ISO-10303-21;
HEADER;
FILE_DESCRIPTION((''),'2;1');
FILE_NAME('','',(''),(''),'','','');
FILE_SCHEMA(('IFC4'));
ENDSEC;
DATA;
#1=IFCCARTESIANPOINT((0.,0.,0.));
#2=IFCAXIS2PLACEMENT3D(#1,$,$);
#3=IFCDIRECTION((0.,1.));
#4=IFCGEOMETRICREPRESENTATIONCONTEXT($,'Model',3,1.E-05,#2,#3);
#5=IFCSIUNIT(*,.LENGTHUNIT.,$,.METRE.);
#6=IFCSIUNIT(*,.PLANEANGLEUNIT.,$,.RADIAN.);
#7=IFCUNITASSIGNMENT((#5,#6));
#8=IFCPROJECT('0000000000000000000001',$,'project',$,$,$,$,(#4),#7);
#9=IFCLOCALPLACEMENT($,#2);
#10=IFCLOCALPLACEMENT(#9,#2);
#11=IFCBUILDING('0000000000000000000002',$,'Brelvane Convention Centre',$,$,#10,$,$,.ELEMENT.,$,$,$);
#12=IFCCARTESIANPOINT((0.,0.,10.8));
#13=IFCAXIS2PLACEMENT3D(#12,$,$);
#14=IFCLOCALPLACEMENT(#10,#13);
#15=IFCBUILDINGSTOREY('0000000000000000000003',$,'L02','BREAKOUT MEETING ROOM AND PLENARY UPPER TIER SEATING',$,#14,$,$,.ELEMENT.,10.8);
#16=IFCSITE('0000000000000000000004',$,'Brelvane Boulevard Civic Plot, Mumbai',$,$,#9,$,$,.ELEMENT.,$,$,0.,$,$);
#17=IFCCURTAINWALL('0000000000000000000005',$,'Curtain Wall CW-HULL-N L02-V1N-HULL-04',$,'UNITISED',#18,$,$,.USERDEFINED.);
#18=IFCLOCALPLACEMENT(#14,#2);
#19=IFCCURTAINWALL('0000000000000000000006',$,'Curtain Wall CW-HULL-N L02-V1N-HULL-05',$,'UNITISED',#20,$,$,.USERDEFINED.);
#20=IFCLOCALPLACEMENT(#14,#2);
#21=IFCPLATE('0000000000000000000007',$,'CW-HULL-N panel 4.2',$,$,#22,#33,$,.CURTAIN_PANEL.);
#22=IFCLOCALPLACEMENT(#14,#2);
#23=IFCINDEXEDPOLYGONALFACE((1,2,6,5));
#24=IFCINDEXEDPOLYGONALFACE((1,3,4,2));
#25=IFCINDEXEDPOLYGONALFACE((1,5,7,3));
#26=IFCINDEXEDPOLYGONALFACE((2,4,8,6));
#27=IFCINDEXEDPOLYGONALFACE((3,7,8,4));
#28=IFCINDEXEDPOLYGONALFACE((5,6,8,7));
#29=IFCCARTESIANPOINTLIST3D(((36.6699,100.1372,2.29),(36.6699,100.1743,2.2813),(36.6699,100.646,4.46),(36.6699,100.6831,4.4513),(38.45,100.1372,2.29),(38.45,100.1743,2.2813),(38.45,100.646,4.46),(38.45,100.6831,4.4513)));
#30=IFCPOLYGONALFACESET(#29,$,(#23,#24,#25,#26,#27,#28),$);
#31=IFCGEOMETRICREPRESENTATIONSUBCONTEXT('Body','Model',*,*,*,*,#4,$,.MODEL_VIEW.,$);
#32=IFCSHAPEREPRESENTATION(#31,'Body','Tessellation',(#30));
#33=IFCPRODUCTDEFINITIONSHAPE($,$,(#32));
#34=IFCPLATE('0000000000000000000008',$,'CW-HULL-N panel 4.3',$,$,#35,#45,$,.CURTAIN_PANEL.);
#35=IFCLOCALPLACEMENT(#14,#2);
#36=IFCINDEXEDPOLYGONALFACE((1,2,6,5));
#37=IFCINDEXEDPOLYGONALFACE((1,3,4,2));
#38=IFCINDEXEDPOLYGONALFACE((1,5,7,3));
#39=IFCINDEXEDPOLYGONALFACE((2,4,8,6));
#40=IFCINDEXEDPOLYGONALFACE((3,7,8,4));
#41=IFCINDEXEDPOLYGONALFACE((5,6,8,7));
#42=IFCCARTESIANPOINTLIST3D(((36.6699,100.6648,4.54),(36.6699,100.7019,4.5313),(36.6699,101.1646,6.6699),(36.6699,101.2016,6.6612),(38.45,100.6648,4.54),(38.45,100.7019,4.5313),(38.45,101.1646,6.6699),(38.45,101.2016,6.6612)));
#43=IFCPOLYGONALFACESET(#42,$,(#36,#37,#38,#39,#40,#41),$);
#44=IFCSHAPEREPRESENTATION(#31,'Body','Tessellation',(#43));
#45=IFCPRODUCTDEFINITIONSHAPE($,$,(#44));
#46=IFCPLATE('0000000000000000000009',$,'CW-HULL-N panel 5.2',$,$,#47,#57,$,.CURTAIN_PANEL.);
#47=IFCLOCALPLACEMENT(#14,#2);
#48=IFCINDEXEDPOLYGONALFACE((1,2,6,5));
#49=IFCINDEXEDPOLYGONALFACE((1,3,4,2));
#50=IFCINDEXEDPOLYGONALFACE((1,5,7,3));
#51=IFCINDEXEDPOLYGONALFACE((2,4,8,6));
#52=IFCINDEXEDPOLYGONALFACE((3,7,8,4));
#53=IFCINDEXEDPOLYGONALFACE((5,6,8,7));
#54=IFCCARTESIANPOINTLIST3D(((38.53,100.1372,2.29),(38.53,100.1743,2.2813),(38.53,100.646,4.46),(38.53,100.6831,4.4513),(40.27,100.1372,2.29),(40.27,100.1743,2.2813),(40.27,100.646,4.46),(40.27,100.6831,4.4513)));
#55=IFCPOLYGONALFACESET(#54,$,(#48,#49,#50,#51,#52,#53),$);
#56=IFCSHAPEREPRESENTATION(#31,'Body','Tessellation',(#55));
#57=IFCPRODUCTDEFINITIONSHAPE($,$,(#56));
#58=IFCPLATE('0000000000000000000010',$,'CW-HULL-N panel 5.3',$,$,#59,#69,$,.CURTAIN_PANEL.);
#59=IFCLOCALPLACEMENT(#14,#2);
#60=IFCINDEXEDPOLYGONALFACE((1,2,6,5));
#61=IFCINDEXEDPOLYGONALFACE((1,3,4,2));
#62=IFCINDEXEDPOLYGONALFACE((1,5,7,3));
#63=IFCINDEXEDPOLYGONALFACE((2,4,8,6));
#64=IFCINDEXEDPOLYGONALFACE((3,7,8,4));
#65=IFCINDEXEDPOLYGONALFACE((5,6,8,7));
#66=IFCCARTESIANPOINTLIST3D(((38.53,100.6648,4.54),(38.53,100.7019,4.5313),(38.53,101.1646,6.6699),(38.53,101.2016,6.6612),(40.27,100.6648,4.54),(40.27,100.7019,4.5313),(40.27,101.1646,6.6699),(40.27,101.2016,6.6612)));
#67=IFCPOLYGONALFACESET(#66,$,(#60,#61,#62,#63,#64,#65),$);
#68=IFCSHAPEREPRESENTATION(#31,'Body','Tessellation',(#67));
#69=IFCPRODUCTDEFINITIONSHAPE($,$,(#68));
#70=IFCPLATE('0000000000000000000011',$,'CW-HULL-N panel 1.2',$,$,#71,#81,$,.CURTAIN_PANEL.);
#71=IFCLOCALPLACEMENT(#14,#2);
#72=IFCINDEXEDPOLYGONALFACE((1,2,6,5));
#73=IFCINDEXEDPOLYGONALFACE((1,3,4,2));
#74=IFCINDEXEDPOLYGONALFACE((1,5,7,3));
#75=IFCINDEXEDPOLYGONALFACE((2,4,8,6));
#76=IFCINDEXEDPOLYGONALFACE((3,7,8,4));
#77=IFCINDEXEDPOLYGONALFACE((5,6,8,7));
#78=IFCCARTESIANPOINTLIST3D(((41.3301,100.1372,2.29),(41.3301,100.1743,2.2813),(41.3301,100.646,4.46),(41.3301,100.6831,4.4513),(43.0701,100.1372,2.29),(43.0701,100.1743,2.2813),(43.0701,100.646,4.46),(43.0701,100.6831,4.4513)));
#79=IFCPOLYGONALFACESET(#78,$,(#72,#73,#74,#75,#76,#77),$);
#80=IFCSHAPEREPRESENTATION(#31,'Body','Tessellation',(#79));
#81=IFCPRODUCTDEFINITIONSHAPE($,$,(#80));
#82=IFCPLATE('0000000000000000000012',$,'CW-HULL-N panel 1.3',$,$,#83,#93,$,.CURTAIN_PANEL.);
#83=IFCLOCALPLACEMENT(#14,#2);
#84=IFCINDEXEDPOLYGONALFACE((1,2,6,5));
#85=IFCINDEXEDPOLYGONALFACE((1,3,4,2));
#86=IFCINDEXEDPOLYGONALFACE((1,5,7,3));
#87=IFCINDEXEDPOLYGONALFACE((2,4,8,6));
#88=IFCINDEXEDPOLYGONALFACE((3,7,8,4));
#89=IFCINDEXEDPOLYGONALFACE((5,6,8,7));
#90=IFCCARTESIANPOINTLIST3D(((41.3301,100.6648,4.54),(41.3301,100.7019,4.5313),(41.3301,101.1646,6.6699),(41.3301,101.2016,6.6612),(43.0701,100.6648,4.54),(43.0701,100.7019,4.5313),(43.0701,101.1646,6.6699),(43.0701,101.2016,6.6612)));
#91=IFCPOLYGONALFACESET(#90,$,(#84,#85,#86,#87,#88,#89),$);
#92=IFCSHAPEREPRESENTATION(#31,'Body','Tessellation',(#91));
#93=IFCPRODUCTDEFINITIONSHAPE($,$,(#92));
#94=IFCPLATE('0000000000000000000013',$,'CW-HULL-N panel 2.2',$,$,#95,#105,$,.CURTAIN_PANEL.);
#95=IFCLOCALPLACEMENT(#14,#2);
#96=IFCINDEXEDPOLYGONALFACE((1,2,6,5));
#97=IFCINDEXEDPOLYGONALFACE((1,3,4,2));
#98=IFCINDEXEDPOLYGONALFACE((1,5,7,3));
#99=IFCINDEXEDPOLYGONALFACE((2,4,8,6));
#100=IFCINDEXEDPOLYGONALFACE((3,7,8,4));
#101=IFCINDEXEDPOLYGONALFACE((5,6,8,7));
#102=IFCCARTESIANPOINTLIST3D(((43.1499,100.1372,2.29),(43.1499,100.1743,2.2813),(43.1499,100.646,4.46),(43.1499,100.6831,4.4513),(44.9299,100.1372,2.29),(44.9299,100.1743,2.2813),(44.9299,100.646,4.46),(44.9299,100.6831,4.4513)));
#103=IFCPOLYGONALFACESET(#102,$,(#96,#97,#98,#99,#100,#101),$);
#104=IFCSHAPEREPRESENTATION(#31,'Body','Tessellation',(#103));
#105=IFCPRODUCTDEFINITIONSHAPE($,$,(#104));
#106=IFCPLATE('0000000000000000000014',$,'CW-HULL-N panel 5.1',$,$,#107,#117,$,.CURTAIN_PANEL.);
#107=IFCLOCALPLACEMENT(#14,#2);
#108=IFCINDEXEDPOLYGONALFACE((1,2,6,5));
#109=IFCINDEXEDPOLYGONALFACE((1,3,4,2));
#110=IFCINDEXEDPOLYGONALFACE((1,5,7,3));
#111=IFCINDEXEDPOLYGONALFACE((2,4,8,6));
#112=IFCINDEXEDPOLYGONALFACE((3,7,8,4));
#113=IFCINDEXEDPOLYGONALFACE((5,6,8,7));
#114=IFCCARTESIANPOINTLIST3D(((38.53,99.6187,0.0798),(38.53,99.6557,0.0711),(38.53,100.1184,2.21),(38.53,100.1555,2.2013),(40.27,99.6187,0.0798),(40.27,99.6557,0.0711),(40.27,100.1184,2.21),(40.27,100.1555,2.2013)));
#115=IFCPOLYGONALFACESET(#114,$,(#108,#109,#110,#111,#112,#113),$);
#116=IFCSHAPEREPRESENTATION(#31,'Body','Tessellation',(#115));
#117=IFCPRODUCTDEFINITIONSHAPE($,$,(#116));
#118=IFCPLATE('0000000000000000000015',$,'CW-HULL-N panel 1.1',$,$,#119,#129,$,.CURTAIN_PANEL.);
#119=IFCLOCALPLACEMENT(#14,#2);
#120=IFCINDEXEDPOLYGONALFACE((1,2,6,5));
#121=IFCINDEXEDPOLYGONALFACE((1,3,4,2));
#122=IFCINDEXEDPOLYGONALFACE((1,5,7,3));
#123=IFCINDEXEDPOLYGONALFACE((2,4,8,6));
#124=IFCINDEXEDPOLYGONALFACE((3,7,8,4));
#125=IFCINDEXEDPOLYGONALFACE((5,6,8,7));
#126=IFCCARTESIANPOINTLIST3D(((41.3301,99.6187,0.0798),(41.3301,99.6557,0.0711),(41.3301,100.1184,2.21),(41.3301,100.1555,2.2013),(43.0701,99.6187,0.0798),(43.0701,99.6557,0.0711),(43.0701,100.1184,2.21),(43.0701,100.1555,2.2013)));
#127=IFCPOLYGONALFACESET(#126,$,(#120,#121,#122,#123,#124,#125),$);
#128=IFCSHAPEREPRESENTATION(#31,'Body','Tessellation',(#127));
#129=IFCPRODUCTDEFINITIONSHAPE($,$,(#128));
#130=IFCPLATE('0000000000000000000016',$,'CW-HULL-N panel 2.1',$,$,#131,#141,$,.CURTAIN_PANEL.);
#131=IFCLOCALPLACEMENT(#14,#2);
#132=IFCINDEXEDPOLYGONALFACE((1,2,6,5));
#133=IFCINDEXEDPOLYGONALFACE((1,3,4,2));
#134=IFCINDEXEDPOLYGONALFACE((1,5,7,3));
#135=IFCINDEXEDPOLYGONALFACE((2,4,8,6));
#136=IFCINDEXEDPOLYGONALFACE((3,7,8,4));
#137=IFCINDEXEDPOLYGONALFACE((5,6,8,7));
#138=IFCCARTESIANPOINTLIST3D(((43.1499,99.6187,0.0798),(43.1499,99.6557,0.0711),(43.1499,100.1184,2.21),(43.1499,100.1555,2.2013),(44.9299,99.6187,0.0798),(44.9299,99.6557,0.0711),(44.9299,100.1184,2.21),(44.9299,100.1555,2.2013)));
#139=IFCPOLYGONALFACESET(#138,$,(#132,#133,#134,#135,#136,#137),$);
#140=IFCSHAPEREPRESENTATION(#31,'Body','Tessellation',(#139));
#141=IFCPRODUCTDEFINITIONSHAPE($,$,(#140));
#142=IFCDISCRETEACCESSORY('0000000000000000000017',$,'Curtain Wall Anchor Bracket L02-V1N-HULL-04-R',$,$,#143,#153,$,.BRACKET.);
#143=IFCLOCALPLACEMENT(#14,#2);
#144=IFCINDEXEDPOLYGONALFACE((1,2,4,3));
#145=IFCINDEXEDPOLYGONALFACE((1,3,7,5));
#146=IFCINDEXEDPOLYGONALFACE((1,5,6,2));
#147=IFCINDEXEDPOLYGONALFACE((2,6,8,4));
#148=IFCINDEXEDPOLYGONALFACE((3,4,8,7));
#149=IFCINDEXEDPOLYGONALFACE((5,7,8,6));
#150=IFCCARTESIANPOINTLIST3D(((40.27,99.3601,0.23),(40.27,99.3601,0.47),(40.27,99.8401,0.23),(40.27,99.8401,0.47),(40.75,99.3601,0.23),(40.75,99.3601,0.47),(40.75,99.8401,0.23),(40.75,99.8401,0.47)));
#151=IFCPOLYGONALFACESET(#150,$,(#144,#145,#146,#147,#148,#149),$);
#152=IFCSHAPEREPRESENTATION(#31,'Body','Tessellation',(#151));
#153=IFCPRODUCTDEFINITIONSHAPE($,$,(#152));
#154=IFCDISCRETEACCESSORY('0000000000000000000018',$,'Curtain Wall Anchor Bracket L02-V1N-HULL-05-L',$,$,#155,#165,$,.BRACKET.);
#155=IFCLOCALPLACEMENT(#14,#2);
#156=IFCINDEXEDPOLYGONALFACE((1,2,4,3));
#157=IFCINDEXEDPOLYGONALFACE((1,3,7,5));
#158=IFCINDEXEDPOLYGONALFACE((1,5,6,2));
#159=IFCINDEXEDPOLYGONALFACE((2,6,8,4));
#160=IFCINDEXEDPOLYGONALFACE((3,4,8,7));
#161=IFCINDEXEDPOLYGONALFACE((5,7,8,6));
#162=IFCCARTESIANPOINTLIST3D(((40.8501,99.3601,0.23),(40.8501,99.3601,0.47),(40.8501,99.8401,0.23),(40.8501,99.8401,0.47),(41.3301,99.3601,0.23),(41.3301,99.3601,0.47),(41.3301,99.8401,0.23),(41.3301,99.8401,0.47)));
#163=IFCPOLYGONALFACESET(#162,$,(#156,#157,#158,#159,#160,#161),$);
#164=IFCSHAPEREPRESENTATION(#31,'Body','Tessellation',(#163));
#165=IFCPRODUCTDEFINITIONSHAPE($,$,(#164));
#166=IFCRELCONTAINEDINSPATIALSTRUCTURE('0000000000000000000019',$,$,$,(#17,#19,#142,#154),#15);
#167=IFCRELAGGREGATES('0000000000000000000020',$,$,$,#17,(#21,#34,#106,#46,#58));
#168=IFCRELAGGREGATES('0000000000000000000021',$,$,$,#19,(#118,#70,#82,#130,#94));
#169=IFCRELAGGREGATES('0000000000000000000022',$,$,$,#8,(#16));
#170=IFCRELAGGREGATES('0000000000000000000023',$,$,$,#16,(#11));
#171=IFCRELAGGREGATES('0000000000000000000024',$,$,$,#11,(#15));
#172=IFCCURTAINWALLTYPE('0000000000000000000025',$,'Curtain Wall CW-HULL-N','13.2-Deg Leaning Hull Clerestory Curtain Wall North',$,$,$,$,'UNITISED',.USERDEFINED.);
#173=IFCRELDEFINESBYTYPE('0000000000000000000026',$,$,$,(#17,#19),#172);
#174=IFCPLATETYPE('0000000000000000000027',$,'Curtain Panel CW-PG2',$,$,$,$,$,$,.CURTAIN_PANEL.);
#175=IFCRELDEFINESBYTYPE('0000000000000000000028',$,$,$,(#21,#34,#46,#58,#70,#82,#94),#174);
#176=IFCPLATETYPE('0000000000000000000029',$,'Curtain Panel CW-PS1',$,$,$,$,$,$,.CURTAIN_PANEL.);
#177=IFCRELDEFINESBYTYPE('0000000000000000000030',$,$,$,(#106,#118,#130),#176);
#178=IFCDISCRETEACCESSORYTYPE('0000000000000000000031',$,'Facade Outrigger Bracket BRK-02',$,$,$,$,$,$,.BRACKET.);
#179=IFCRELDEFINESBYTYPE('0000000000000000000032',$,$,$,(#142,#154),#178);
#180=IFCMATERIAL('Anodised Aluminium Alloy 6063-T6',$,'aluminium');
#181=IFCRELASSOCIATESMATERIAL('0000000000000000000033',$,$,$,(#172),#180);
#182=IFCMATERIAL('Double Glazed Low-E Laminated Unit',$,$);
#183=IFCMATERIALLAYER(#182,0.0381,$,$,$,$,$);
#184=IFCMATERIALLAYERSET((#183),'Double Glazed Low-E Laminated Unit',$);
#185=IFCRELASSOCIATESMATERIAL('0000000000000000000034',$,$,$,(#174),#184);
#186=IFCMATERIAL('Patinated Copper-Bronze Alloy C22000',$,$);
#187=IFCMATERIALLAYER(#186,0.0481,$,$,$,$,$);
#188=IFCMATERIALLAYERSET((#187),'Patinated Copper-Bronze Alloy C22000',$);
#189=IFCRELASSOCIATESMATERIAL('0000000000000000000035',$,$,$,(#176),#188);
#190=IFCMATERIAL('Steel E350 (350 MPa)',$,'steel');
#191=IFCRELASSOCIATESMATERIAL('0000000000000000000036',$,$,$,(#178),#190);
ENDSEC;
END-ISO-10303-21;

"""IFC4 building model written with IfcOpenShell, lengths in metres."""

from ifc_helpers import new_model, si_unit, direction, frame, origin, origin_2d, place, context, subcontext, project, spatial, polyline, rectangle, outline, extrude, material, layer, layer_set, type_object, element, aggregate, save


model = new_model("IFC4")

# Units and contexts
model_context = context("Model", 3, precision=1e-05, world=origin(), true_north=direction((0.0, 1.0)))
body_context = subcontext(model_context, "Body", "Model", "MODEL_VIEW")
ifc_project = project(units=[si_unit("LENGTHUNIT", "METRE"), si_unit("PLANEANGLEUNIT", "RADIAN")], contexts=[model_context])

# Site, building, storey
site_placement = place(None, origin())
site = spatial("IfcSite", under=ifc_project, at=site_placement, Name="Brelvane Boulevard Civic Plot, Mumbai", CompositionType="ELEMENT", RefElevation=0.0)
building_placement = place(site_placement, origin())
building = spatial("IfcBuilding", under=site, at=building_placement, Name="Brelvane Convention Centre", CompositionType="ELEMENT")
storey_placement = place(building_placement, frame((0.0, 0.0, 10.8)))
storey = spatial("IfcBuildingStorey", under=building, at=storey_placement, Name="L02", Description="BREAKOUT MEETING ROOM AND PLENARY UPPER TIER SEATING", CompositionType="ELEMENT", Elevation=10.8)

# Curtain walls
ifc_material_1 = material(Name="Anodised Aluminium Alloy 6063-T6", Category="aluminium")
curtain_wall_type = type_object("IfcCurtainWallType", Name="Curtain Wall CW-HULL-N", Description="13.2-Deg Leaning Hull Clerestory Curtain Wall North", ElementType="UNITISED", PredefinedType="USERDEFINED", material=ifc_material_1)
curtain_wall_1_placement = place(storey_placement, origin())
curtain_wall_1 = element("IfcCurtainWall", 1, at=curtain_wall_1_placement, inside=storey, type_object=curtain_wall_type, Name="Curtain Wall CW-HULL-N L02-V1N-HULL-04", ObjectType="UNITISED", PredefinedType="USERDEFINED")
curtain_wall_2_placement = place(storey_placement, origin())
curtain_wall_2 = element("IfcCurtainWall", 2, at=curtain_wall_2_placement, inside=storey, type_object=curtain_wall_type, Name="Curtain Wall CW-HULL-N L02-V1N-HULL-05", ObjectType="UNITISED", PredefinedType="USERDEFINED")

# Plates
ifc_material_2 = material(Name="Double Glazed Low-E Laminated Unit")
ifc_layer_1 = layer(ifc_material_2, 0.0381)
ifc_layer_set_1 = layer_set([ifc_layer_1], Name="Double Glazed Low-E Laminated Unit")
plate_type_1 = type_object("IfcPlateType", Name="Curtain Panel CW-PG2", PredefinedType="CURTAIN_PANEL", material=ifc_layer_set_1)
plate_1_placement = place(storey_placement, frame((36.6699, 100.1372, 2.29), z_axis=(0.0, -0.973595, 0.228282), x_axis=(1.0, 0.0, 0.0)))
plate_1 = element("IfcPlate", 3, at=plate_1_placement, type_object=plate_type_1, Name="CW-HULL-N panel 4.2", PredefinedType="CURTAIN_PANEL", context=body_context, shape_type="SweptSolid", body=[
    extrude(outline(polyline([(0.0, 0.0), (1.78, 0.0), (1.78, 2.2288), (0.0, 2.2288), (0.0, 0.0)])), origin(), (0.0, 0.0, -1.0), 0.0381),
])
plate_2_placement = place(storey_placement, frame((36.6699, 100.6648, 4.54), z_axis=(0.0, -0.973559, 0.228436), x_axis=(1.0, 0.0, 0.0)))
plate_2 = element("IfcPlate", 4, at=plate_2_placement, type_object=plate_type_1, Name="CW-HULL-N panel 4.3", PredefinedType="CURTAIN_PANEL", context=body_context, shape_type="SweptSolid", body=[
    extrude(outline(polyline([(0.0, 0.0), (1.78, 0.0), (1.78, 2.1877), (0.0, 2.1877), (0.0, 0.0)])), origin(), (0.0, 0.0, -1.0), 0.0381),
])
plate_3_placement = place(storey_placement, frame((38.53, 100.1372, 2.29), z_axis=(0.0, -0.973595, 0.228282), x_axis=(1.0, 0.0, 0.0)))
plate_3 = element("IfcPlate", 5, at=plate_3_placement, type_object=plate_type_1, Name="CW-HULL-N panel 5.2", PredefinedType="CURTAIN_PANEL", context=body_context, shape_type="SweptSolid", body=[
    extrude(outline(polyline([(0.0, 0.0), (1.74, 0.0), (1.74, 2.2288), (0.0, 2.2288), (0.0, 0.0)])), origin(), (0.0, 0.0, -1.0), 0.0381),
])
plate_4_placement = place(storey_placement, frame((38.53, 100.6648, 4.54), z_axis=(0.0, -0.973559, 0.228436), x_axis=(1.0, 0.0, 0.0)))
plate_4 = element("IfcPlate", 6, at=plate_4_placement, type_object=plate_type_1, Name="CW-HULL-N panel 5.3", PredefinedType="CURTAIN_PANEL", context=body_context, shape_type="SweptSolid", body=[
    extrude(outline(polyline([(0.0, 0.0), (1.74, 0.0), (1.74, 2.1877), (0.0, 2.1877), (0.0, 0.0)])), origin(), (0.0, 0.0, -1.0), 0.0381),
])
plate_5_placement = place(storey_placement, frame((41.3301, 100.1372, 2.29), z_axis=(0.0, -0.973595, 0.228282), x_axis=(1.0, 0.0, 0.0)))
plate_5 = element("IfcPlate", 7, at=plate_5_placement, type_object=plate_type_1, Name="CW-HULL-N panel 1.2", PredefinedType="CURTAIN_PANEL", context=body_context, shape_type="SweptSolid", body=[
    extrude(outline(polyline([(0.0, 0.0), (1.74, 0.0), (1.74, 2.2288), (0.0, 2.2288), (0.0, 0.0)])), origin(), (0.0, 0.0, -1.0), 0.0381),
])
plate_6_placement = place(storey_placement, frame((41.3301, 100.6648, 4.54), z_axis=(0.0, -0.973559, 0.228436), x_axis=(1.0, 0.0, 0.0)))
plate_6 = element("IfcPlate", 8, at=plate_6_placement, type_object=plate_type_1, Name="CW-HULL-N panel 1.3", PredefinedType="CURTAIN_PANEL", context=body_context, shape_type="SweptSolid", body=[
    extrude(outline(polyline([(0.0, 0.0), (1.74, 0.0), (1.74, 2.1877), (0.0, 2.1877), (0.0, 0.0)])), origin(), (0.0, 0.0, -1.0), 0.0381),
])
plate_7_placement = place(storey_placement, frame((43.1499, 100.1372, 2.29), z_axis=(0.0, -0.973595, 0.228282), x_axis=(1.0, 0.0, 0.0)))
plate_7 = element("IfcPlate", 9, at=plate_7_placement, type_object=plate_type_1, Name="CW-HULL-N panel 2.2", PredefinedType="CURTAIN_PANEL", context=body_context, shape_type="SweptSolid", body=[
    extrude(outline(polyline([(0.0, 0.0), (1.78, 0.0), (1.78, 2.2288), (0.0, 2.2288), (0.0, 0.0)])), origin(), (0.0, 0.0, -1.0), 0.0381),
])
ifc_material_3 = material(Name="Patinated Copper-Bronze Alloy C22000")
ifc_layer_2 = layer(ifc_material_3, 0.0481)
ifc_layer_set_2 = layer_set([ifc_layer_2], Name="Patinated Copper-Bronze Alloy C22000")
plate_type_2 = type_object("IfcPlateType", Name="Curtain Panel CW-PS1", PredefinedType="CURTAIN_PANEL", material=ifc_layer_set_2)
plate_8_placement = place(storey_placement, frame((38.53, 99.6187, 0.0798), z_axis=(0.0, -0.973565, 0.228411), x_axis=(1.0, 0.0, 0.0)))
plate_8 = element("IfcPlate", 10, at=plate_8_placement, type_object=plate_type_2, Name="CW-HULL-N panel 5.1", PredefinedType="CURTAIN_PANEL", context=body_context, shape_type="SweptSolid", body=[
    extrude(outline(polyline([(0.0, 0.0), (1.74, 0.0), (1.74, 2.188), (0.0, 2.188), (0.0, 0.0)])), origin(), (0.0, 0.0, -1.0), 0.0381),
])
aggregate(curtain_wall_1, [plate_1, plate_2, plate_8, plate_3, plate_4])
plate_9_placement = place(storey_placement, frame((41.3301, 99.6187, 0.0798), z_axis=(0.0, -0.973565, 0.228411), x_axis=(1.0, 0.0, 0.0)))
plate_9 = element("IfcPlate", 11, at=plate_9_placement, type_object=plate_type_2, Name="CW-HULL-N panel 1.1", PredefinedType="CURTAIN_PANEL", context=body_context, shape_type="SweptSolid", body=[
    extrude(outline(polyline([(0.0, 0.0), (1.74, 0.0), (1.74, 2.188), (0.0, 2.188), (0.0, 0.0)])), origin(), (0.0, 0.0, -1.0), 0.0381),
])
plate_10_placement = place(storey_placement, frame((43.1499, 99.6187, 0.0798), z_axis=(0.0, -0.973565, 0.228411), x_axis=(1.0, 0.0, 0.0)))
plate_10 = element("IfcPlate", 12, at=plate_10_placement, type_object=plate_type_2, Name="CW-HULL-N panel 2.1", PredefinedType="CURTAIN_PANEL", context=body_context, shape_type="SweptSolid", body=[
    extrude(outline(polyline([(0.0, 0.0), (1.78, 0.0), (1.78, 2.188), (0.0, 2.188), (0.0, 0.0)])), origin(), (0.0, 0.0, -1.0), 0.0381),
])
aggregate(curtain_wall_2, [plate_9, plate_5, plate_6, plate_10, plate_7])

# Discrete accessories
ifc_material_4 = material(Name="Steel E350 (350 MPa)", Category="steel")
discrete_accessory_type = type_object("IfcDiscreteAccessoryType", Name="Facade Outrigger Bracket BRK-02", PredefinedType="BRACKET", material=ifc_material_4)
for number, where, z_axis, x_axis, name in (
    (13, (40.51, 99.6001, 0.23), (0.0, 0.0, 1.0), (1.0, 0.0, 0.0), "Curtain Wall Anchor Bracket L02-V1N-HULL-04-R"),
    (14, (41.0901, 99.6001, 0.23), (0.0, 0.0, 1.0), (1.0, 0.0, 0.0), "Curtain Wall Anchor Bracket L02-V1N-HULL-05-L"),
):
    element("IfcDiscreteAccessory", number, at=place(storey_placement, frame(where, z_axis=z_axis, x_axis=x_axis)), inside=storey, type_object=discrete_accessory_type, Name=name, PredefinedType="BRACKET", context=body_context, shape_type="SweptSolid", body=[
        extrude(rectangle(XDim=0.48, YDim=0.48, at=origin_2d()), origin(), (0.0, 0.0, 1.0), 0.24),
    ])

save(model, "model.ifc")
